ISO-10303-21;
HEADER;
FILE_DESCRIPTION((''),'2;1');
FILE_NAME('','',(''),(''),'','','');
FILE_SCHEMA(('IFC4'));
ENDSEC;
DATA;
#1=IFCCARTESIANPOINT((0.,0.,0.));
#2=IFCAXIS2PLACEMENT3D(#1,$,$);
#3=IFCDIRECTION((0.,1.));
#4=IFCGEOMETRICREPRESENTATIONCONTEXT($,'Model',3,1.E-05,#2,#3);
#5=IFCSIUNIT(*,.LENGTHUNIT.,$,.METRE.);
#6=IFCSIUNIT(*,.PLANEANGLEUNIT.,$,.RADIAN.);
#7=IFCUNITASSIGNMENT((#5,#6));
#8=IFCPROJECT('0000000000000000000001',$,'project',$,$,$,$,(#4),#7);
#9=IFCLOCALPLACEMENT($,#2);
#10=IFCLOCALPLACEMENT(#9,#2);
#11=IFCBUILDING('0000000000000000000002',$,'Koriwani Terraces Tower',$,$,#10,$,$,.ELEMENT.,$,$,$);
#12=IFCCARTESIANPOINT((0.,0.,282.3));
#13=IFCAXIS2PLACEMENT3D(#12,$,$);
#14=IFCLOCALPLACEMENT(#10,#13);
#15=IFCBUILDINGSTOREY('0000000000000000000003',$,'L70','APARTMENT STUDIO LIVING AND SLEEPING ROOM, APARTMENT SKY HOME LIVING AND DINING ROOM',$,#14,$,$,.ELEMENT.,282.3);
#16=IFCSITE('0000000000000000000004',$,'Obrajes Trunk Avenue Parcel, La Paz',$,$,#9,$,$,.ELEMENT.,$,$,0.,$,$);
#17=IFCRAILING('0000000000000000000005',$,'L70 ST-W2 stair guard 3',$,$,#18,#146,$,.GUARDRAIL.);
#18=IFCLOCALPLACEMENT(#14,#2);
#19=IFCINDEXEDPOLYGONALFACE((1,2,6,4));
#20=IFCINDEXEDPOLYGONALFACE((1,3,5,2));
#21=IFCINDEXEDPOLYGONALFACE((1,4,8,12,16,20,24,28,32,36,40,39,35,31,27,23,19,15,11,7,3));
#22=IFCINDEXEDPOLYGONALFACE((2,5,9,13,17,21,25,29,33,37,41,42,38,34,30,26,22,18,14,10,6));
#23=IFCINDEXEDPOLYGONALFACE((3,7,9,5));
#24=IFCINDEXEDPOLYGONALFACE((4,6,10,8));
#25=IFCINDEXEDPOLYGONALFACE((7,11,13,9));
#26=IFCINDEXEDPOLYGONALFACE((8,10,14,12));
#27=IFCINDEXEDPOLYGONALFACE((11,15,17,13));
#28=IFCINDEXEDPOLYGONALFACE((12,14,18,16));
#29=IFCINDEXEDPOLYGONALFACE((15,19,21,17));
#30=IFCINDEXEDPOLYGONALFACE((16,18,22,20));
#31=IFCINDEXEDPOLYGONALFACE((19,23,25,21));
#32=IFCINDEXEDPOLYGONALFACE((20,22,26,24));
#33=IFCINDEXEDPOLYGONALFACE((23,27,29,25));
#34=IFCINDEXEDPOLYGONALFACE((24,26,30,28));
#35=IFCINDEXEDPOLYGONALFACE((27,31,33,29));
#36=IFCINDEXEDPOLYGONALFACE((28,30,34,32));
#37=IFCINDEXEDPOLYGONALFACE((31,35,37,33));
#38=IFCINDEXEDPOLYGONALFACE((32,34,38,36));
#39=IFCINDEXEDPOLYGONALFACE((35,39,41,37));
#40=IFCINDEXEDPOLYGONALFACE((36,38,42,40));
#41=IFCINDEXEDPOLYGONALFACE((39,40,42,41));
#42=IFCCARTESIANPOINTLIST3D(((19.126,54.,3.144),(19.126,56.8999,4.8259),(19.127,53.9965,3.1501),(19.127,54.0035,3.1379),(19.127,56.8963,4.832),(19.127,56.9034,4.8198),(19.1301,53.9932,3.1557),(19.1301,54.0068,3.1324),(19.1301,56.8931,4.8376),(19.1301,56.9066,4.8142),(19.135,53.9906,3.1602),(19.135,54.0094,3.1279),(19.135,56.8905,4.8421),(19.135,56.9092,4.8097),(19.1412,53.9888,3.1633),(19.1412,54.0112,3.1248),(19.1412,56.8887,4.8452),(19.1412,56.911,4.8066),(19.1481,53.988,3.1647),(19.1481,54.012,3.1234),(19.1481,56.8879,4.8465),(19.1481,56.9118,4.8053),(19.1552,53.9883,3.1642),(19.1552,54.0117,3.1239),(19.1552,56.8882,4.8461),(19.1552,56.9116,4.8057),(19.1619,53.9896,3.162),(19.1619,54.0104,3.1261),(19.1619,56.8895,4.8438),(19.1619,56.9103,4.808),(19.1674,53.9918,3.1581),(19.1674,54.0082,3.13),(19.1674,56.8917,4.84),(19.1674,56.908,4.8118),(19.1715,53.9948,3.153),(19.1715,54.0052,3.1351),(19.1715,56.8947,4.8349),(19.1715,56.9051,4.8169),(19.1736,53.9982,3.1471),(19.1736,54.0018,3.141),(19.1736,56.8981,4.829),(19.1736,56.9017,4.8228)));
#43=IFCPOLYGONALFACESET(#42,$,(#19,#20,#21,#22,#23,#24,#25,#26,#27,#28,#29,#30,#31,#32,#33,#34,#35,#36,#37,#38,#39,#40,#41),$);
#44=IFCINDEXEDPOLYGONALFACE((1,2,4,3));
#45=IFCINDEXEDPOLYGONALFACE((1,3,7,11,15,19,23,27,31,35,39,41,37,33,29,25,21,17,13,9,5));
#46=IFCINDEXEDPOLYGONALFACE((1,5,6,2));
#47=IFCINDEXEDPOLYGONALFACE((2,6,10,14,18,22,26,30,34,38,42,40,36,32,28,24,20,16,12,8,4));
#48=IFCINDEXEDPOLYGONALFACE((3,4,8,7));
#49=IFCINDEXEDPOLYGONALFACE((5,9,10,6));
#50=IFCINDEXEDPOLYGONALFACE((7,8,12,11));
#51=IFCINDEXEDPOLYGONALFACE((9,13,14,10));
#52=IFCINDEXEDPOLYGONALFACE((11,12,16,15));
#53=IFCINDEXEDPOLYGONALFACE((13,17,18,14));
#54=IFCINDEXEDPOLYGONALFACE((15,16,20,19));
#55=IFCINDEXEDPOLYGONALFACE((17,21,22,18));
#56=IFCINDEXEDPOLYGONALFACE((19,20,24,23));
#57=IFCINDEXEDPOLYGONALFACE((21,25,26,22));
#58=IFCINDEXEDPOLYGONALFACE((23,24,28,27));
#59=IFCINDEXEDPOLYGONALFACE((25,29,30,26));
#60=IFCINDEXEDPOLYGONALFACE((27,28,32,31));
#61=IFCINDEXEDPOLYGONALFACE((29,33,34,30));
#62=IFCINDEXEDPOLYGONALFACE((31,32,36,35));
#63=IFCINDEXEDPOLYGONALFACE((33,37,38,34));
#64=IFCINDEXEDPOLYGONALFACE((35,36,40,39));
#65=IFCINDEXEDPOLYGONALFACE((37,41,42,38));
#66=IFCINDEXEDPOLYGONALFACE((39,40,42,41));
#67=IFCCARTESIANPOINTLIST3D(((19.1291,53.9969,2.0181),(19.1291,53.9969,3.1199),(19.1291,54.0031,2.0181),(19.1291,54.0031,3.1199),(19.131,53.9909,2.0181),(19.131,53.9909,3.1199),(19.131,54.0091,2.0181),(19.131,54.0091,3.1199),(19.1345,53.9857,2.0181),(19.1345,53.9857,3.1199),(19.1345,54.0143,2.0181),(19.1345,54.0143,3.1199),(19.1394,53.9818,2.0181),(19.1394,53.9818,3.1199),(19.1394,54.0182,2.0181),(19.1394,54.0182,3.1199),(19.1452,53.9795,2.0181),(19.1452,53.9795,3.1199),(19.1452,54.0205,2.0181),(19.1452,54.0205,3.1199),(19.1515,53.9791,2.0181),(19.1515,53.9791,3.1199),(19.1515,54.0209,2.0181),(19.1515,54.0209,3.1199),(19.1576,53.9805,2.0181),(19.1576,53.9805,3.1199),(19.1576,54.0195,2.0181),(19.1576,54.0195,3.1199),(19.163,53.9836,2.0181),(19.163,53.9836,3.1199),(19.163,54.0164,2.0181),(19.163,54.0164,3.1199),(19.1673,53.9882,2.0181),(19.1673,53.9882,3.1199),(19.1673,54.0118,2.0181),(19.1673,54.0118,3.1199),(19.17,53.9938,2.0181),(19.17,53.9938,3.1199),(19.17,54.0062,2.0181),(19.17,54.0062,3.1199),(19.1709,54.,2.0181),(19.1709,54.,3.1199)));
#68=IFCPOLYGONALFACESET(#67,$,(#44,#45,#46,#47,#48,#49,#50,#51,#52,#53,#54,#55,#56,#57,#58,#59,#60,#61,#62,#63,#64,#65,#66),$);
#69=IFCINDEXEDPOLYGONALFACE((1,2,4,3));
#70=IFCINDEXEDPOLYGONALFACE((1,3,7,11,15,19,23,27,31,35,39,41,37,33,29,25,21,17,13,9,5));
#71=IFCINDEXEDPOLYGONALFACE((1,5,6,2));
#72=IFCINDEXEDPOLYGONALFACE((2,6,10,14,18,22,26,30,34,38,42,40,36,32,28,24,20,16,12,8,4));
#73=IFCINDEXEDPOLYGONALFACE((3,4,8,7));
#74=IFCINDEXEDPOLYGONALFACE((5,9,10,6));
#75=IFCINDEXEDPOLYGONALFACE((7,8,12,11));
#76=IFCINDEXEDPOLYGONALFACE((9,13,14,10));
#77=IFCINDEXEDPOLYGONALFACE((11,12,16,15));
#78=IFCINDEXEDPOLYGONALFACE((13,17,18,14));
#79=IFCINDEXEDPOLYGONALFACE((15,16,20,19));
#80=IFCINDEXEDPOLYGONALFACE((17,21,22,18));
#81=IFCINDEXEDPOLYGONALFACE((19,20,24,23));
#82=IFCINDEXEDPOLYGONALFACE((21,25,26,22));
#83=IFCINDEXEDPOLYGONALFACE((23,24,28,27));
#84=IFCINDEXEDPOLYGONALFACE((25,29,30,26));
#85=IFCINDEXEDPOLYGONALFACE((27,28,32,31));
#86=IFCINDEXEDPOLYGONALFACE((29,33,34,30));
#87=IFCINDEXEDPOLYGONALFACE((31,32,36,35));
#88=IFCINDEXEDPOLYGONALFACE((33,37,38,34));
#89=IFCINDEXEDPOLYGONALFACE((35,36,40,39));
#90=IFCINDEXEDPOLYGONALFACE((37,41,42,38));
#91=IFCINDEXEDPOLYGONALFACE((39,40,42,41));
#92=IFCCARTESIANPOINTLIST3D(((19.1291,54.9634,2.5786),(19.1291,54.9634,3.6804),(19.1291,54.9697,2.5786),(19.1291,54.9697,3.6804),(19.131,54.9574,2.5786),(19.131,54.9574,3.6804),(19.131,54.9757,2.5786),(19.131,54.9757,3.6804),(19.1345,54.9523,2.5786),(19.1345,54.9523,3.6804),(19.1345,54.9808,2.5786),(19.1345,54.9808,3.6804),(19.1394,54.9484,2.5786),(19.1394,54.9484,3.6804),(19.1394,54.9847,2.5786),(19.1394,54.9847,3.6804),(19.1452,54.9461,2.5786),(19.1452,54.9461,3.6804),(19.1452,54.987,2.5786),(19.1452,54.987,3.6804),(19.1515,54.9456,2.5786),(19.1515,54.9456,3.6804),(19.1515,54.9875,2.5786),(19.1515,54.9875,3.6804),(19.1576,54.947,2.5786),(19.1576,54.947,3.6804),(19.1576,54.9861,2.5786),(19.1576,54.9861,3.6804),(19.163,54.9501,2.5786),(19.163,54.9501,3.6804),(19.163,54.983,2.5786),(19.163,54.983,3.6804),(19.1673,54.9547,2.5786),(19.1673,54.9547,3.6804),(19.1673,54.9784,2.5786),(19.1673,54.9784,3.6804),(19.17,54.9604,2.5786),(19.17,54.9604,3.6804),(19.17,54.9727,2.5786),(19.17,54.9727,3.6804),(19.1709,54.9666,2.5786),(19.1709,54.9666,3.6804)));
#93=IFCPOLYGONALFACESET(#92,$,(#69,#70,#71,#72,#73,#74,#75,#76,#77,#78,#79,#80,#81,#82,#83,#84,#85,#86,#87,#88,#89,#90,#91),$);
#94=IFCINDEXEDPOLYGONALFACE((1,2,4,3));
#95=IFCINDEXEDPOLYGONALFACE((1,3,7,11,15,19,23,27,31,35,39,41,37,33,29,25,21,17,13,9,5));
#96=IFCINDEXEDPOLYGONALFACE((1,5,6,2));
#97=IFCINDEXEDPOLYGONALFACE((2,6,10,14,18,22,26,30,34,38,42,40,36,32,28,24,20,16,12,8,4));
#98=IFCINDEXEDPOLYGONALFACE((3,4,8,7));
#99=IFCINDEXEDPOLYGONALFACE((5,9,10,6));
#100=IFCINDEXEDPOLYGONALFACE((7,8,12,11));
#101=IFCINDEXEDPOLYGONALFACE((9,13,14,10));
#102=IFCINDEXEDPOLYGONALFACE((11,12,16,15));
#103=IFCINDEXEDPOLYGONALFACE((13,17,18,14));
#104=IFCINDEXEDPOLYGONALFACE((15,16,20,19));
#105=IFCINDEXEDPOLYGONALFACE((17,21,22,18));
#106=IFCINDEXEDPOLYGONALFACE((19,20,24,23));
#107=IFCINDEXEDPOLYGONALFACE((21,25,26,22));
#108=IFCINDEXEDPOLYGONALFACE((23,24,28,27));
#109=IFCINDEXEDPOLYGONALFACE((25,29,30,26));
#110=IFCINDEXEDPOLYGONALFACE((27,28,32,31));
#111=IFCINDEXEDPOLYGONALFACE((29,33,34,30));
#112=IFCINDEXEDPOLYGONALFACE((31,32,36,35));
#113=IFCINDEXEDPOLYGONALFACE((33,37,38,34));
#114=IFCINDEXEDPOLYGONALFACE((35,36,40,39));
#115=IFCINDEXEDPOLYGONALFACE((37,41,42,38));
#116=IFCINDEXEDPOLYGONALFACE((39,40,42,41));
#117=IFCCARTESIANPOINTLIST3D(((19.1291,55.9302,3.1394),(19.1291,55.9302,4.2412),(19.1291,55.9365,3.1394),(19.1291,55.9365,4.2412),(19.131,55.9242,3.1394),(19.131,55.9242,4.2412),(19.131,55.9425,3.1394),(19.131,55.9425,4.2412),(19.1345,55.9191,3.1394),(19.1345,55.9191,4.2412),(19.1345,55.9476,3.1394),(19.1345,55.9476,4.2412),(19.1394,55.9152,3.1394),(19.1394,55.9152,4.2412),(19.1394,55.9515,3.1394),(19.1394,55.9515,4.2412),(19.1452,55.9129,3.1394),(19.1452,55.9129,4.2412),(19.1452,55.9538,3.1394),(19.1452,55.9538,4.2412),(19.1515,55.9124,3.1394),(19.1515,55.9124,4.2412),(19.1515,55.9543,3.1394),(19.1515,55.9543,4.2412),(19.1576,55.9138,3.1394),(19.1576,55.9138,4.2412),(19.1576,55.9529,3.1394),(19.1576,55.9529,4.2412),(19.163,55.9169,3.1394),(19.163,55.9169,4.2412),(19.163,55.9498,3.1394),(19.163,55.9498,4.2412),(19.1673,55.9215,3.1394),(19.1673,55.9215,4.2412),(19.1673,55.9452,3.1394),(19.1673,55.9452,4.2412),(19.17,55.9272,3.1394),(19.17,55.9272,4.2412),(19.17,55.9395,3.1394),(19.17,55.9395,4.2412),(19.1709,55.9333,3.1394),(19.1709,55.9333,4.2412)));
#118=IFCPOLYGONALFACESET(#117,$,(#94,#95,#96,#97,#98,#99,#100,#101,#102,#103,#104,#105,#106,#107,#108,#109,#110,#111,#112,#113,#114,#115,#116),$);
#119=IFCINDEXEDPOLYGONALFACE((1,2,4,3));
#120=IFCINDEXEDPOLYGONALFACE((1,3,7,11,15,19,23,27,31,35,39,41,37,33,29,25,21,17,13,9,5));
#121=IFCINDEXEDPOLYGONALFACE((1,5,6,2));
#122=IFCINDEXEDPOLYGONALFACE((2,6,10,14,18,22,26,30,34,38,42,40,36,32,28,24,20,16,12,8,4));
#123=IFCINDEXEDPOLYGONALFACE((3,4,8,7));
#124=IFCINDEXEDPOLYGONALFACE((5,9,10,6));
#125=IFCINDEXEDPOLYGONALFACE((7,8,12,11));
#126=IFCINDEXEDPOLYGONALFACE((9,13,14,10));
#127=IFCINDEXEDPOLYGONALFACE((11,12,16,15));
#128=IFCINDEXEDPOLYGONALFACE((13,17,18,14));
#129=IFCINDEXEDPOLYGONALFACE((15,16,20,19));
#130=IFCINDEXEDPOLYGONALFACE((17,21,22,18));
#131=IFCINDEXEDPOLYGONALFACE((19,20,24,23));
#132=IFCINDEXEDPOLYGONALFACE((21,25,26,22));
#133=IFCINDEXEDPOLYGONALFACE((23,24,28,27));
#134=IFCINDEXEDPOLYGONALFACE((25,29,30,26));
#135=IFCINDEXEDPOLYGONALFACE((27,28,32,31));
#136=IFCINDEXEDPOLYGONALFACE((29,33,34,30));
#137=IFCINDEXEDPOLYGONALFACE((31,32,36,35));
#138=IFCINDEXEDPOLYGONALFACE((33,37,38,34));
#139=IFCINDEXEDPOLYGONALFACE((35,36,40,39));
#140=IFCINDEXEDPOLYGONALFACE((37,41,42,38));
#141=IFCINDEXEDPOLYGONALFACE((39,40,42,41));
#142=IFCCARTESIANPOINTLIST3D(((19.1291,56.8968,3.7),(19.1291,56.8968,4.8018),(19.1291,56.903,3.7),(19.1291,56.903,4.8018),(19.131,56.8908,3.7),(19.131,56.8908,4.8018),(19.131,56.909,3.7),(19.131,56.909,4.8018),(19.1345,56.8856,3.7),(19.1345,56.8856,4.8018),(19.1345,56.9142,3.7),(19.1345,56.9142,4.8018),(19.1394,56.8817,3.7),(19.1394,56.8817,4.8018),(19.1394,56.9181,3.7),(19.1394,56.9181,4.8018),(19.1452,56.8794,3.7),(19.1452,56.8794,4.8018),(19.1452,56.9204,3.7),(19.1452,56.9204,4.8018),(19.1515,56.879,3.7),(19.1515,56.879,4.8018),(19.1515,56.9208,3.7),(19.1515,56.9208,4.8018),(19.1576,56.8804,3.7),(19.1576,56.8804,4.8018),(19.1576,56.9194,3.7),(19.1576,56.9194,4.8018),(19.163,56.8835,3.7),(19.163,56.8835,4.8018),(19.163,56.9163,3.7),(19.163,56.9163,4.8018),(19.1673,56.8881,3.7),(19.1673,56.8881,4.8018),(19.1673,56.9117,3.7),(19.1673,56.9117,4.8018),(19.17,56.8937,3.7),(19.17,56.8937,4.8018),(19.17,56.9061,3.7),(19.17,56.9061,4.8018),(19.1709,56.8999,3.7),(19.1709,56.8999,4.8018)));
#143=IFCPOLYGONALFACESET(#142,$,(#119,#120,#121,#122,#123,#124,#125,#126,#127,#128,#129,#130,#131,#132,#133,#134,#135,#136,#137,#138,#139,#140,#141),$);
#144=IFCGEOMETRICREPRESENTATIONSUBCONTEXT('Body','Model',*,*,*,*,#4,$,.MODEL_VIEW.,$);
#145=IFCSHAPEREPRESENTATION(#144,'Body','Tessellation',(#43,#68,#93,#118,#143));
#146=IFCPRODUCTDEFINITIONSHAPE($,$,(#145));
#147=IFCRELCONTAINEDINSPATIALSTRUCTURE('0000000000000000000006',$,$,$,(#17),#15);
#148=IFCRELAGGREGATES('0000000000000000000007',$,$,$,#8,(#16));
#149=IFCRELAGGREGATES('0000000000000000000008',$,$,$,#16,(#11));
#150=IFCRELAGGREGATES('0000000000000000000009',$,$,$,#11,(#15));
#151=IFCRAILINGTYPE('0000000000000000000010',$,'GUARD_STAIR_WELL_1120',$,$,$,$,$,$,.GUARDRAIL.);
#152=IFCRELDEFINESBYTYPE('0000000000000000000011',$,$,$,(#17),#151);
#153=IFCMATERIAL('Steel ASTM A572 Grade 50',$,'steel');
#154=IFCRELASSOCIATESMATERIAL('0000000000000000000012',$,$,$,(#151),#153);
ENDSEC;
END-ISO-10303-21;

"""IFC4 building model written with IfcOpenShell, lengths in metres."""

from ifc_helpers import new_model, si_unit, direction, frame, origin, origin_2d, place, context, subcontext, project, spatial, circle, extrude, material, type_object, element, save


model = new_model("IFC4")

# Units and contexts
model_context = context("Model", 3, precision=1e-05, world=origin(), true_north=direction((0.0, 1.0)))
body_context = subcontext(model_context, "Body", "Model", "MODEL_VIEW")
ifc_project = project(units=[si_unit("LENGTHUNIT", "METRE"), si_unit("PLANEANGLEUNIT", "RADIAN")], contexts=[model_context])

# Site, building, storey
site_placement = place(None, origin())
site = spatial("IfcSite", under=ifc_project, at=site_placement, Name="Obrajes Trunk Avenue Parcel, La Paz", CompositionType="ELEMENT", RefElevation=0.0)
building_placement = place(site_placement, origin())
building = spatial("IfcBuilding", under=site, at=building_placement, Name="Koriwani Terraces Tower", CompositionType="ELEMENT")
storey_placement = place(building_placement, frame((0.0, 0.0, 282.3)))
storey = spatial("IfcBuildingStorey", under=building, at=storey_placement, Name="L70", Description="APARTMENT STUDIO LIVING AND SLEEPING ROOM, APARTMENT SKY HOME LIVING AND DINING ROOM", CompositionType="ELEMENT", Elevation=282.3)

# Shared definitions
ifc_material_1 = material(Name="Steel ASTM A572 Grade 50", Category="steel")

# Railing
railing_type_1 = type_object("IfcRailingType", Name="GUARD_STAIR_WELL_1120", PredefinedType="GUARDRAIL", material=ifc_material_1)
railing_1_placement = place(storey_placement, frame((19.1499, 54.0, 2.0181)))
element("IfcRailing", 1, at=railing_1_placement, inside=storey, type_object=railing_type_1, Name="L70 ST-W2 stair guard 3", PredefinedType="GUARDRAIL", context=body_context, shape_type="SweptSolid", body=[
    extrude(circle(Radius=0.0239, at=origin_2d()), frame((0.0, 0.0, 1.126), z_axis=(0.0, 0.865039, 0.501705), x_axis=(-1.0, 0.0, 0.0)), (0.0, 0.0, 1.0), 3.3523),
    extrude(circle(Radius=0.021, at=origin_2d()), origin(), (0.0, 0.0, 1.0), 1.1018),
    extrude(circle(Radius=0.021, at=origin_2d()), frame((0.0, 0.9666, 0.5605)), (0.0, 0.0, 1.0), 1.1018),
    extrude(circle(Radius=0.021, at=origin_2d()), frame((0.0, 1.9333, 1.1213)), (0.0, 0.0, 1.0), 1.1018),
    extrude(circle(Radius=0.021, at=origin_2d()), frame((0.0, 2.8999, 1.6819)), (0.0, 0.0, 1.0), 1.1018),
])

save(model, "model.ifc")
